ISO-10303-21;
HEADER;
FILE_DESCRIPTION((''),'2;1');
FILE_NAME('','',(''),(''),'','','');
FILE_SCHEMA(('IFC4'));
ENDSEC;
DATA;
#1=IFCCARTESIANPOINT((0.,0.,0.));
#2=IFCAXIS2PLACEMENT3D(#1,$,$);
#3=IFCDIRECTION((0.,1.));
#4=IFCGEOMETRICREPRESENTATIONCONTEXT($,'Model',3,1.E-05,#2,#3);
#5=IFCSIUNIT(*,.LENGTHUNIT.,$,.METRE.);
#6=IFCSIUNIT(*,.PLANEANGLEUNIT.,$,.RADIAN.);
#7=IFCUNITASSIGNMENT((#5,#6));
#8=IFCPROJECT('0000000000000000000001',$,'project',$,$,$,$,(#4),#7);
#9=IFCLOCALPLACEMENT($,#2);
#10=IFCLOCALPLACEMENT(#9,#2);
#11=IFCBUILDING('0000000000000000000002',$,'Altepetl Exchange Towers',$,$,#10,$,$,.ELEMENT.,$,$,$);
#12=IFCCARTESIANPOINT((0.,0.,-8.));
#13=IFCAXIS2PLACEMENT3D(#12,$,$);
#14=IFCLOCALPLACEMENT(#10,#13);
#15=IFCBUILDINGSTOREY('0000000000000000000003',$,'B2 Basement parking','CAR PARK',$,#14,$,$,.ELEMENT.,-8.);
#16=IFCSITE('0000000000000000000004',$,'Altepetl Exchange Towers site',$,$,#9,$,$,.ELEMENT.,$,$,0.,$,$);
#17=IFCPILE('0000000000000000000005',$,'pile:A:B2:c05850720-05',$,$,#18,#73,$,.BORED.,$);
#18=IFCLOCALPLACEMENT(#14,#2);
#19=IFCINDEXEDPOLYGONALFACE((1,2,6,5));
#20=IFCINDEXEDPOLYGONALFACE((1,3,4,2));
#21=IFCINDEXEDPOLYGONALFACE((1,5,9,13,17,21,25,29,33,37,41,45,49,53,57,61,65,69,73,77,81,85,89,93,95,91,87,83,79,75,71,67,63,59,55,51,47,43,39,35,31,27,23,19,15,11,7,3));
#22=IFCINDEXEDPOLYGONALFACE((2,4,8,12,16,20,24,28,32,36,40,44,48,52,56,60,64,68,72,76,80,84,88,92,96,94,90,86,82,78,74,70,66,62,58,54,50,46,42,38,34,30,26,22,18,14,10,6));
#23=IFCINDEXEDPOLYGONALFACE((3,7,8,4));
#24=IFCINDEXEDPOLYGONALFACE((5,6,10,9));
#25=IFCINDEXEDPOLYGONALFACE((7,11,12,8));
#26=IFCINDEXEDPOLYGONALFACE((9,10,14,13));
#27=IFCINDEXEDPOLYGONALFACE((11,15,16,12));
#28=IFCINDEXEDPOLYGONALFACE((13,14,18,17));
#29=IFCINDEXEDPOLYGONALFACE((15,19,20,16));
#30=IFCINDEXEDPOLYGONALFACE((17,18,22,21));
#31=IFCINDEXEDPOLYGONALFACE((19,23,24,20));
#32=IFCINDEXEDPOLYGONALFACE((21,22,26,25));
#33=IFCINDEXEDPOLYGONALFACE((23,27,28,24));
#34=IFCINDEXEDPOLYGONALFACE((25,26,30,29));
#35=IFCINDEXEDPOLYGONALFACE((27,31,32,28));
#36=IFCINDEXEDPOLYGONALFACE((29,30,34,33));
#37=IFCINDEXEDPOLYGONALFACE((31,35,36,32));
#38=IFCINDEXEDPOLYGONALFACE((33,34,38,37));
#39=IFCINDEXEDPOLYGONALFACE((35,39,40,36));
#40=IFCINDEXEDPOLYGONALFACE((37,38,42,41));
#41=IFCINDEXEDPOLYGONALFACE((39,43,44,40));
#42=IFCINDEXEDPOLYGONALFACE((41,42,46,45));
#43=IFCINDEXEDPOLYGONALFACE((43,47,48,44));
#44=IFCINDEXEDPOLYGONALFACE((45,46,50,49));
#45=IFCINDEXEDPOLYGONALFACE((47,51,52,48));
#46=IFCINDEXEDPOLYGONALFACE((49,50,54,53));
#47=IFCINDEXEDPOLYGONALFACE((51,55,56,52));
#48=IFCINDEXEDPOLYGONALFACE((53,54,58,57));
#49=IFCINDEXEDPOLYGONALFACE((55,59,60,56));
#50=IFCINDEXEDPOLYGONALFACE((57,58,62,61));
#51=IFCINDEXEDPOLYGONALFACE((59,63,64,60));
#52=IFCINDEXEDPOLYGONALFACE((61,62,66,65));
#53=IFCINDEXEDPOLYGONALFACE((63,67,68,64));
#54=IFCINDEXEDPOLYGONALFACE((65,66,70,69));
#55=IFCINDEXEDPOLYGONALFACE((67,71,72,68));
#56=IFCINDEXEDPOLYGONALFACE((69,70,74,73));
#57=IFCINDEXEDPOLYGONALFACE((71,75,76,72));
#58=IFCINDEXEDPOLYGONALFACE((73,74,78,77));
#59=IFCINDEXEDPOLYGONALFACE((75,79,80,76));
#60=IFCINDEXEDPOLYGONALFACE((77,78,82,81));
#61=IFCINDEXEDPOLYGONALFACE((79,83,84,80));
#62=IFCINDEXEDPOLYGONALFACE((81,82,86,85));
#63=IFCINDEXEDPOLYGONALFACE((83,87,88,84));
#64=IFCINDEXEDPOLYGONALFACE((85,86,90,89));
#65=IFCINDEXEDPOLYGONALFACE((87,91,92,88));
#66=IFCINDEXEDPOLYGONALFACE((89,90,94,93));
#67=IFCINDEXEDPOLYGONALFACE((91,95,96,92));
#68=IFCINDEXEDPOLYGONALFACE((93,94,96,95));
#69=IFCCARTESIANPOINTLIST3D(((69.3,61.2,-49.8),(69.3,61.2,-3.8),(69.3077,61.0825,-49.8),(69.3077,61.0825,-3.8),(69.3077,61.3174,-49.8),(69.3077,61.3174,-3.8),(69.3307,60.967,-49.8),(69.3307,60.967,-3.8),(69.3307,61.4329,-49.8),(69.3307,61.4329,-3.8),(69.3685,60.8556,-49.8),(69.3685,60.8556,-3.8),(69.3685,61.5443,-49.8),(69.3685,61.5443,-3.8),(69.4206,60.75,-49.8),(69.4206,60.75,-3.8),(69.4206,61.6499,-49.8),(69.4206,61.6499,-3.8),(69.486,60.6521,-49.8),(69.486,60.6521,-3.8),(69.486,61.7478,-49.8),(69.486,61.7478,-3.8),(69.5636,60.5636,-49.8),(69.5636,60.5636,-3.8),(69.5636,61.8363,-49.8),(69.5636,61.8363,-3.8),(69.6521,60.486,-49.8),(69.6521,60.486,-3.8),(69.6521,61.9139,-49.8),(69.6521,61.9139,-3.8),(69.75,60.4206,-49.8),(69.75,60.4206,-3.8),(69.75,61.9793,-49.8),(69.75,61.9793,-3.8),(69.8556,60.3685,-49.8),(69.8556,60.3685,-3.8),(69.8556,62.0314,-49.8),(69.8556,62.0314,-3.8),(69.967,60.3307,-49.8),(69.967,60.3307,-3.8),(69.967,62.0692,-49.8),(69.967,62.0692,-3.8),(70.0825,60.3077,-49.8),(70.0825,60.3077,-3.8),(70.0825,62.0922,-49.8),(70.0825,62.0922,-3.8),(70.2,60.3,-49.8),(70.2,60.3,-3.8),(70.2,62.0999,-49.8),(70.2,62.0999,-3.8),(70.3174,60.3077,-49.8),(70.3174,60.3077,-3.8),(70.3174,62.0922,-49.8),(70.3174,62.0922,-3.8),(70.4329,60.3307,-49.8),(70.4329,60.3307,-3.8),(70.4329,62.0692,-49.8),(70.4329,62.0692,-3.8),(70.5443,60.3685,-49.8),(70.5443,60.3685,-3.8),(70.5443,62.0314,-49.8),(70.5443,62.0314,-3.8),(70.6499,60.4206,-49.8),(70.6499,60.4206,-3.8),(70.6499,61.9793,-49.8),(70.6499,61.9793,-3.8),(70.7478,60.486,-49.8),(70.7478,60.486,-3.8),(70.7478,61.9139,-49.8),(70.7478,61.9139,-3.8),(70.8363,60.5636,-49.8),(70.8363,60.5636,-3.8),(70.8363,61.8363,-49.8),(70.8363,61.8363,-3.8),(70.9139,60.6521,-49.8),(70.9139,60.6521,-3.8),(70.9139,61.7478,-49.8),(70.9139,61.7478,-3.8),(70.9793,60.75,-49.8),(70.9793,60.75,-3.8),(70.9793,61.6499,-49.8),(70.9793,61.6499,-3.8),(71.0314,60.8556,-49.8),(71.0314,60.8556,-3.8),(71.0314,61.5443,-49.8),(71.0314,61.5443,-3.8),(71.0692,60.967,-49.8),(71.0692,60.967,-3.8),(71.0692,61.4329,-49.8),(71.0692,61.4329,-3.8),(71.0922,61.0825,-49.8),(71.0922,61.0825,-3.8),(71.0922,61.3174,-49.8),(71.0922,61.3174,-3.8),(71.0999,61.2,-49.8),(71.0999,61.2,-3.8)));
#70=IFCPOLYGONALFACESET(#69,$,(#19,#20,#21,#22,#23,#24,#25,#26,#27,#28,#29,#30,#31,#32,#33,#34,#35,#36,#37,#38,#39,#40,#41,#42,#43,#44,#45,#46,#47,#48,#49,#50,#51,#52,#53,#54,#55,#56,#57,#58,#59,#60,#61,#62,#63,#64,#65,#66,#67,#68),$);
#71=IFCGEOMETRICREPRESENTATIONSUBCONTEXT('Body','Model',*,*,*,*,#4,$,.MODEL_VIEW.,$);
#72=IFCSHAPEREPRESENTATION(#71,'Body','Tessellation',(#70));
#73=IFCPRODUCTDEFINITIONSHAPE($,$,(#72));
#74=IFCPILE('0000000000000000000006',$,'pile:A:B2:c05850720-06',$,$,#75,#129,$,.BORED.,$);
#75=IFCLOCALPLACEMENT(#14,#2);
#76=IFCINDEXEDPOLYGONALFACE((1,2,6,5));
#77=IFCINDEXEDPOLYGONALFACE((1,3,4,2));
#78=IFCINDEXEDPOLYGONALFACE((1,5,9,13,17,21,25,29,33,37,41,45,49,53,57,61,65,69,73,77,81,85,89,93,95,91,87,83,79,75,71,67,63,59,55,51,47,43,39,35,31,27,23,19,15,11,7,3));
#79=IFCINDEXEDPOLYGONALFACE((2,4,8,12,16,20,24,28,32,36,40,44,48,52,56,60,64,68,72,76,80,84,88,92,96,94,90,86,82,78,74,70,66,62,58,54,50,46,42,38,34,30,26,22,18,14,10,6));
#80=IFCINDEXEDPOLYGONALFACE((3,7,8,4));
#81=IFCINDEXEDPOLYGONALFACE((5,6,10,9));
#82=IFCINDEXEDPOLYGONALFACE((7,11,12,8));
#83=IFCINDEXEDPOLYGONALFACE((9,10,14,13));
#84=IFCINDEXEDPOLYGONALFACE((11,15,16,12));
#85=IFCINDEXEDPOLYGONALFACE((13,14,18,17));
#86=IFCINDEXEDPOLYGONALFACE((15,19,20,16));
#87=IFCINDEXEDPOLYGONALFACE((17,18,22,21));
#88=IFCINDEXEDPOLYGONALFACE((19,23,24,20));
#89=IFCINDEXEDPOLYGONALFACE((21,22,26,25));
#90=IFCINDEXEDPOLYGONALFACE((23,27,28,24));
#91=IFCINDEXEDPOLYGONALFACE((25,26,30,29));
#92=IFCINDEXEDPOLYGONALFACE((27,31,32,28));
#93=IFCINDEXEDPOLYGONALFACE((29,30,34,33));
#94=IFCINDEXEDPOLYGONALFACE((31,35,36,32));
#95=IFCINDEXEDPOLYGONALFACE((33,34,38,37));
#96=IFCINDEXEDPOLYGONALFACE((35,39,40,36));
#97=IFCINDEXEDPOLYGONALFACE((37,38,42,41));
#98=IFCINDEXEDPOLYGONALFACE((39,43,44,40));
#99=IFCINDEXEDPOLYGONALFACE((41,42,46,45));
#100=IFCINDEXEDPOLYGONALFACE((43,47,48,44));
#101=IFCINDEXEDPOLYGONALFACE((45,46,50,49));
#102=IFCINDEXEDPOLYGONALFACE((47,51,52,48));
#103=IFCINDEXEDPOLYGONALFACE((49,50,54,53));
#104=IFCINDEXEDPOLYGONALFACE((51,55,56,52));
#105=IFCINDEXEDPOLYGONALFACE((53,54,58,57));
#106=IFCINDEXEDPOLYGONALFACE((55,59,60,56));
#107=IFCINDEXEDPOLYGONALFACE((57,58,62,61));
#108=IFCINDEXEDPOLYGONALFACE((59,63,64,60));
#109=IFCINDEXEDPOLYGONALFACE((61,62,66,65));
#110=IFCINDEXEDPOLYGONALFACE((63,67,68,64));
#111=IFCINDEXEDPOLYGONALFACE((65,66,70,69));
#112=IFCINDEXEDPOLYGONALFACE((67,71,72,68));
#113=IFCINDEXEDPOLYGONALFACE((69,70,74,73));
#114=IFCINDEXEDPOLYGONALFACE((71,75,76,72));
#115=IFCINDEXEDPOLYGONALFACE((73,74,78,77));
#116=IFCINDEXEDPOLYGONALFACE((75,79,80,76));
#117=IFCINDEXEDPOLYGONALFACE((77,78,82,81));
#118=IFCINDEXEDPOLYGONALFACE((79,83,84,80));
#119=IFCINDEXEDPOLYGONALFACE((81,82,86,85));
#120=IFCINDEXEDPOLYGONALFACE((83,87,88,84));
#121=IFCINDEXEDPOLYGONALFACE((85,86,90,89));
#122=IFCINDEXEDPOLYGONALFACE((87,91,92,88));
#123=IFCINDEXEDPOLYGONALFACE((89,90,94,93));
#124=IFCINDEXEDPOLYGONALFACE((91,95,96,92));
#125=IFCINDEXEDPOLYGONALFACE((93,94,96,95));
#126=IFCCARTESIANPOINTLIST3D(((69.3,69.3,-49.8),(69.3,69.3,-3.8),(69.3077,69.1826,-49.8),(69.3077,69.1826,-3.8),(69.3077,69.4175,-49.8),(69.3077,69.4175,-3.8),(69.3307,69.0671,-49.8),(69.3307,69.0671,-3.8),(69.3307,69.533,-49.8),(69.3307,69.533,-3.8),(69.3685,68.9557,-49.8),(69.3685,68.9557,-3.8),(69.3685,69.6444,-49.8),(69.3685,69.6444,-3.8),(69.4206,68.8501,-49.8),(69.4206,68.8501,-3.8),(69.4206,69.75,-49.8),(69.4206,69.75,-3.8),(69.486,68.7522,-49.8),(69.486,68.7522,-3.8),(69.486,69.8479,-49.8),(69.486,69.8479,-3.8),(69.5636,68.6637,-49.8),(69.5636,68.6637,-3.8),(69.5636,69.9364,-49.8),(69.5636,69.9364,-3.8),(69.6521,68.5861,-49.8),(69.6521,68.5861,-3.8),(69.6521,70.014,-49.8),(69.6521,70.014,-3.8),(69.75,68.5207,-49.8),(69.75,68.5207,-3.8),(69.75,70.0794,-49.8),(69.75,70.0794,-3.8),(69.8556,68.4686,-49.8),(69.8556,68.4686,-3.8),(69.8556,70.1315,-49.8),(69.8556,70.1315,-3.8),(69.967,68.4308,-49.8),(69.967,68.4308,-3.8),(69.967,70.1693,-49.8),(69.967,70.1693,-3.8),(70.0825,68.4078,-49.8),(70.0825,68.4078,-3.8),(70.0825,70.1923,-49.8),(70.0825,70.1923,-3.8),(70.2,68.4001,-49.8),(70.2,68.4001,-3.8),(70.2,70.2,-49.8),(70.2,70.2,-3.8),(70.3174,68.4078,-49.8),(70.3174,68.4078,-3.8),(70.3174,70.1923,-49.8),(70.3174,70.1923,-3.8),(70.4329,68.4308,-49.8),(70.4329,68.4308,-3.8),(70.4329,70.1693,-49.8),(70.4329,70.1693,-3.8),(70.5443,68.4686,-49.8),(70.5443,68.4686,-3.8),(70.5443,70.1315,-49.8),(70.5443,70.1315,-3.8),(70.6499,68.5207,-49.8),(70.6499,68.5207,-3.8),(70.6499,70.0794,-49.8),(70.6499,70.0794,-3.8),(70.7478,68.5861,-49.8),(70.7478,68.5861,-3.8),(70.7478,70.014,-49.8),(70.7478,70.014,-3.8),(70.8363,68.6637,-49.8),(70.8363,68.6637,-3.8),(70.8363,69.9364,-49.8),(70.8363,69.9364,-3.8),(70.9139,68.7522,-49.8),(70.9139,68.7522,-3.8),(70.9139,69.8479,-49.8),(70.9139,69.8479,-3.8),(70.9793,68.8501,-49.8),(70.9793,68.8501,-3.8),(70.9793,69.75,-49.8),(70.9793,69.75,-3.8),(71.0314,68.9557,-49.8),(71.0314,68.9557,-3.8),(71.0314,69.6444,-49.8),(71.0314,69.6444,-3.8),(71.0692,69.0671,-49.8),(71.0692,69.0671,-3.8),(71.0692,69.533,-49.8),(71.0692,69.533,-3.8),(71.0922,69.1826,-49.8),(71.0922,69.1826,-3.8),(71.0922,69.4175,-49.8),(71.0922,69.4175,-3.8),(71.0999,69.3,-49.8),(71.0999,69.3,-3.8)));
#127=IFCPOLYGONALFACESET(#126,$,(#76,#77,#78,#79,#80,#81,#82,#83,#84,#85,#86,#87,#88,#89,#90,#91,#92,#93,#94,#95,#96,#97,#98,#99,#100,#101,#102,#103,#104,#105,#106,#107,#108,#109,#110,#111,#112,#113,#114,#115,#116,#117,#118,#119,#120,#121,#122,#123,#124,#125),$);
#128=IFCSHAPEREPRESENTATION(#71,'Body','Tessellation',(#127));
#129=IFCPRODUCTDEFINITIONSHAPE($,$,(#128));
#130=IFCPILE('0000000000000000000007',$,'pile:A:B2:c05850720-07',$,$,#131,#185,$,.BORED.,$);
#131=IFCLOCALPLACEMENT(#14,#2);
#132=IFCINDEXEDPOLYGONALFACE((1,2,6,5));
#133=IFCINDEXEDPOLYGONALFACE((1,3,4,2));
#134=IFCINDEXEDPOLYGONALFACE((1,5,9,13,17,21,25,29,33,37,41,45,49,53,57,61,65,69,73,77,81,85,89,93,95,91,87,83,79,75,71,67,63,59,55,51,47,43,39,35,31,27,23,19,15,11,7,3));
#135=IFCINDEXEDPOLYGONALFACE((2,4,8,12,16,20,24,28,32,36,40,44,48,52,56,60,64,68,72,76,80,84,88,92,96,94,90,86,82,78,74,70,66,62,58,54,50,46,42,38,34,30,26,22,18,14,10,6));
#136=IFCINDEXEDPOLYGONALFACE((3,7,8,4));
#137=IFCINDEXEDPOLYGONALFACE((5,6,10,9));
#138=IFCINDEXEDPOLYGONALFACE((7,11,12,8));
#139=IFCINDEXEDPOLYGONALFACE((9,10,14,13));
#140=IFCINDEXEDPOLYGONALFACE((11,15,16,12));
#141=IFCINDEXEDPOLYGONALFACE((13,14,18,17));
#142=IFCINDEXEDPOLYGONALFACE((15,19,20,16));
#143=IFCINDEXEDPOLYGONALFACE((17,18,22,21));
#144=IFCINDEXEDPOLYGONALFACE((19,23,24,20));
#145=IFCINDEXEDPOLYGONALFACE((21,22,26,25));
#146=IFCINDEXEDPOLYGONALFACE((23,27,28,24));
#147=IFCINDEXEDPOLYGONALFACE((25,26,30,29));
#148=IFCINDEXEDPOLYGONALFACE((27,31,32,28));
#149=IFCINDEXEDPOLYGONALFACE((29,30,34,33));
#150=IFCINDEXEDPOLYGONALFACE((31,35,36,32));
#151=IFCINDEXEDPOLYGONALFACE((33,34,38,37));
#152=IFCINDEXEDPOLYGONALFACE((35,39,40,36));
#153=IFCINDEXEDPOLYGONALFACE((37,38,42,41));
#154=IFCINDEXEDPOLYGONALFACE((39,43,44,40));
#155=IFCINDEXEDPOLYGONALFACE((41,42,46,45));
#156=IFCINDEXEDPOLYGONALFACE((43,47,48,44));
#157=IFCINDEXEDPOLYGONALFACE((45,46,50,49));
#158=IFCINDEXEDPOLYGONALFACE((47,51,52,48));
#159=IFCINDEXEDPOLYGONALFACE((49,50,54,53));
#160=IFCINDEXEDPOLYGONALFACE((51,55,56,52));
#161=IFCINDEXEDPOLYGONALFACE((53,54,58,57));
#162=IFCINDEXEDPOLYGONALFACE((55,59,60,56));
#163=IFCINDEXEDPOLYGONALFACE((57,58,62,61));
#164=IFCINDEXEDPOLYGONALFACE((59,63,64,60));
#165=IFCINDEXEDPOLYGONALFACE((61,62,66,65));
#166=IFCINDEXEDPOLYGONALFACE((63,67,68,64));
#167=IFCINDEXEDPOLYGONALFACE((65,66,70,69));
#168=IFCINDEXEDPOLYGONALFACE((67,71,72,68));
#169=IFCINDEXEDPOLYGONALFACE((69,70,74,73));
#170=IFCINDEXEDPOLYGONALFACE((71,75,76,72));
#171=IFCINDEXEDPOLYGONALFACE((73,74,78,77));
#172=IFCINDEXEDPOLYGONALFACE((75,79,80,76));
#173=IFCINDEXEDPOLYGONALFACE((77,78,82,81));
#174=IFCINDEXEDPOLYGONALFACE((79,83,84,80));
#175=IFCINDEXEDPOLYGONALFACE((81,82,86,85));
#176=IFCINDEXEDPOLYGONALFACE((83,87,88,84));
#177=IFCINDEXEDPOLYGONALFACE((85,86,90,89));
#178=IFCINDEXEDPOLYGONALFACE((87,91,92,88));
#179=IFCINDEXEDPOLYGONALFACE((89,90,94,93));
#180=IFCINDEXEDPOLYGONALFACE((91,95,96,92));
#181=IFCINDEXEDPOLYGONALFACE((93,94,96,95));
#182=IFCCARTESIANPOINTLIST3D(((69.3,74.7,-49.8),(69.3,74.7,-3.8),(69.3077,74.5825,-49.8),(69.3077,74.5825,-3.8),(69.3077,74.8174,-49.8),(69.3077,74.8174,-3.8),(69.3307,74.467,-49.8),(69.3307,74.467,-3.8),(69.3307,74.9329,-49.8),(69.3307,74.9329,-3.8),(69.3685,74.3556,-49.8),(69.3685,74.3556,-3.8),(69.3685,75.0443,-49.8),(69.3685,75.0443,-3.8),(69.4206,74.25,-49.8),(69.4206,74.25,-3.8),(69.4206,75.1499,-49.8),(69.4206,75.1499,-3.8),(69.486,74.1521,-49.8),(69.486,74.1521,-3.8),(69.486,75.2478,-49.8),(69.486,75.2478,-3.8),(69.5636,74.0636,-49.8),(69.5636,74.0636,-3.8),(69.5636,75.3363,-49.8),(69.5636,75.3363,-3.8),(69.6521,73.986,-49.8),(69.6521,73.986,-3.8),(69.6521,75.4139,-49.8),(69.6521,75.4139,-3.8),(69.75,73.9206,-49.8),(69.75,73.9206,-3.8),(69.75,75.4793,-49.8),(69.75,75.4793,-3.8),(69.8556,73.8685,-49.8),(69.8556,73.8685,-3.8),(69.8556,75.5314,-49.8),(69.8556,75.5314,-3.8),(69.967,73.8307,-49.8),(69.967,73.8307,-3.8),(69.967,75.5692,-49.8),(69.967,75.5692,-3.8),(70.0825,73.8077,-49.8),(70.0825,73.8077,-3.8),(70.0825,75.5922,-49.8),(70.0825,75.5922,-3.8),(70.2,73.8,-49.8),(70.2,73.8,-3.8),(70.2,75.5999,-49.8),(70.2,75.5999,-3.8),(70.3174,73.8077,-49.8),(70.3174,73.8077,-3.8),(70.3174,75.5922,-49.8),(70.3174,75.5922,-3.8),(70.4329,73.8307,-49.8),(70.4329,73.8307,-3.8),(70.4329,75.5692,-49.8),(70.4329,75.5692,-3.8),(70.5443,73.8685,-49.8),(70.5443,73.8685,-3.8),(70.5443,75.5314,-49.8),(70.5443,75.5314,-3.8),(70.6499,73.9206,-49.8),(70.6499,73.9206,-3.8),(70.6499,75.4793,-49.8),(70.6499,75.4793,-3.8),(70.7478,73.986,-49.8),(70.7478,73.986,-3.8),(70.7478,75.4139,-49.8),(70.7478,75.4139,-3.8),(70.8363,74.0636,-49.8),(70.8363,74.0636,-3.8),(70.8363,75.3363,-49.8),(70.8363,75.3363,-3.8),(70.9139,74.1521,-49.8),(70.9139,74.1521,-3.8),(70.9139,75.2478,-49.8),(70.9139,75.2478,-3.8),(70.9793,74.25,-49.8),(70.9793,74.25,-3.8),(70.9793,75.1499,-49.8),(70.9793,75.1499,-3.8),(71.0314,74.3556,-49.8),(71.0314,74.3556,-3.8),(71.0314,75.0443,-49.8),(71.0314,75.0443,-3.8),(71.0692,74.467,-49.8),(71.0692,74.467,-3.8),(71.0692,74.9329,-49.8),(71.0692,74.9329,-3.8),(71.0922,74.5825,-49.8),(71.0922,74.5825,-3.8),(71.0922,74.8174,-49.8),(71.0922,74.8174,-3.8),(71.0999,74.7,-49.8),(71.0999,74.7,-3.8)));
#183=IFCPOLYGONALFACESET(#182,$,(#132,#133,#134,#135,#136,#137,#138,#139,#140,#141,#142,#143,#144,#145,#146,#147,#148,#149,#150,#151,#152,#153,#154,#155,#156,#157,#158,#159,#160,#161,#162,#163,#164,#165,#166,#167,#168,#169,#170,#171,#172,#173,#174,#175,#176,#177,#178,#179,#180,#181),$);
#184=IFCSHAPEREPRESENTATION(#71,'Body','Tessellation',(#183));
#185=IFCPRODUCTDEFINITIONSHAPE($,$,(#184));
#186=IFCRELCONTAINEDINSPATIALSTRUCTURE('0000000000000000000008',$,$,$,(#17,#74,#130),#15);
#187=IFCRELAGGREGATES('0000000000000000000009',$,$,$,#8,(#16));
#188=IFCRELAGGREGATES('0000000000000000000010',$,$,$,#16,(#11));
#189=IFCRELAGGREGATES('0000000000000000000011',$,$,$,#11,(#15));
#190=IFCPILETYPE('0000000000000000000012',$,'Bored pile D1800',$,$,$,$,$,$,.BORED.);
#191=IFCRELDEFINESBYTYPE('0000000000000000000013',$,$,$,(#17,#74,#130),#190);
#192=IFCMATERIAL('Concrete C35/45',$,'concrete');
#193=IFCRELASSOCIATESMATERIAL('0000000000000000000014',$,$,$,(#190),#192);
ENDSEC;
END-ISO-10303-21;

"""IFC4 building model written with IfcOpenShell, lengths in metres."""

from ifc_helpers import new_model, si_unit, direction, frame, origin, origin_2d, place, context, subcontext, project, spatial, circle, extrude, material, material_profile, profile_set, type_object, element, save


model = new_model("IFC4")

# Units and contexts
model_context = context("Model", 3, precision=1e-05, world=origin(), true_north=direction((0.0, 1.0)))
body_context = subcontext(model_context, "Body", "Model", "MODEL_VIEW")
ifc_project = project(units=[si_unit("LENGTHUNIT", "METRE"), si_unit("PLANEANGLEUNIT", "RADIAN")], contexts=[model_context])

# Site, building, storey
site_placement = place(None, origin())
site = spatial("IfcSite", under=ifc_project, at=site_placement, Name="Altepetl Exchange Towers site", CompositionType="ELEMENT", RefElevation=0.0)
building_placement = place(site_placement, origin())
building = spatial("IfcBuilding", under=site, at=building_placement, Name="Altepetl Exchange Towers", CompositionType="ELEMENT")
storey_placement = place(building_placement, frame((0.0, 0.0, -8.0)))
storey = spatial("IfcBuildingStorey", under=building, at=storey_placement, Name="B2 Basement parking", Description="CAR PARK", CompositionType="ELEMENT", Elevation=-8.0)

# Piles
ifc_material_1 = material(Name="Concrete C35/45", Category="concrete")
ifc_material_profile_1 = material_profile(ifc_material_1, circle(Radius=0.8999, at=origin_2d()), Name="D1800")
ifc_profile_set_1 = profile_set([ifc_material_profile_1], Name="Concrete C35/45")
pile_type_1 = type_object("IfcPileType", Name="Bored pile D1800", PredefinedType="BORED", material=ifc_profile_set_1)
for number, where, z_axis, x_axis, name in (
    (1, (70.2, 61.2, -3.8), (0.0, 0.0, -1.0), (1.0, 0.0, 0.0), "pile:A:B2:c05850720-05"),
    (2, (70.2, 69.3, -3.8), (0.0, 0.0, -1.0), (1.0, 0.0, 0.0), "pile:A:B2:c05850720-06"),
    (3, (70.2, 74.7, -3.8), (0.0, 0.0, -1.0), (1.0, 0.0, 0.0), "pile:A:B2:c05850720-07"),
):
    element("IfcPile", number, at=place(storey_placement, frame(where, z_axis=z_axis, x_axis=x_axis)), inside=storey, type_object=pile_type_1, Name=name, PredefinedType="BORED", context=body_context, shape_type="SweptSolid", body=[
        extrude(circle(Radius=0.8999, at=origin_2d()), origin(), (0.0, 0.0, 1.0), 46.0),
    ])

save(model, "model.ifc")
